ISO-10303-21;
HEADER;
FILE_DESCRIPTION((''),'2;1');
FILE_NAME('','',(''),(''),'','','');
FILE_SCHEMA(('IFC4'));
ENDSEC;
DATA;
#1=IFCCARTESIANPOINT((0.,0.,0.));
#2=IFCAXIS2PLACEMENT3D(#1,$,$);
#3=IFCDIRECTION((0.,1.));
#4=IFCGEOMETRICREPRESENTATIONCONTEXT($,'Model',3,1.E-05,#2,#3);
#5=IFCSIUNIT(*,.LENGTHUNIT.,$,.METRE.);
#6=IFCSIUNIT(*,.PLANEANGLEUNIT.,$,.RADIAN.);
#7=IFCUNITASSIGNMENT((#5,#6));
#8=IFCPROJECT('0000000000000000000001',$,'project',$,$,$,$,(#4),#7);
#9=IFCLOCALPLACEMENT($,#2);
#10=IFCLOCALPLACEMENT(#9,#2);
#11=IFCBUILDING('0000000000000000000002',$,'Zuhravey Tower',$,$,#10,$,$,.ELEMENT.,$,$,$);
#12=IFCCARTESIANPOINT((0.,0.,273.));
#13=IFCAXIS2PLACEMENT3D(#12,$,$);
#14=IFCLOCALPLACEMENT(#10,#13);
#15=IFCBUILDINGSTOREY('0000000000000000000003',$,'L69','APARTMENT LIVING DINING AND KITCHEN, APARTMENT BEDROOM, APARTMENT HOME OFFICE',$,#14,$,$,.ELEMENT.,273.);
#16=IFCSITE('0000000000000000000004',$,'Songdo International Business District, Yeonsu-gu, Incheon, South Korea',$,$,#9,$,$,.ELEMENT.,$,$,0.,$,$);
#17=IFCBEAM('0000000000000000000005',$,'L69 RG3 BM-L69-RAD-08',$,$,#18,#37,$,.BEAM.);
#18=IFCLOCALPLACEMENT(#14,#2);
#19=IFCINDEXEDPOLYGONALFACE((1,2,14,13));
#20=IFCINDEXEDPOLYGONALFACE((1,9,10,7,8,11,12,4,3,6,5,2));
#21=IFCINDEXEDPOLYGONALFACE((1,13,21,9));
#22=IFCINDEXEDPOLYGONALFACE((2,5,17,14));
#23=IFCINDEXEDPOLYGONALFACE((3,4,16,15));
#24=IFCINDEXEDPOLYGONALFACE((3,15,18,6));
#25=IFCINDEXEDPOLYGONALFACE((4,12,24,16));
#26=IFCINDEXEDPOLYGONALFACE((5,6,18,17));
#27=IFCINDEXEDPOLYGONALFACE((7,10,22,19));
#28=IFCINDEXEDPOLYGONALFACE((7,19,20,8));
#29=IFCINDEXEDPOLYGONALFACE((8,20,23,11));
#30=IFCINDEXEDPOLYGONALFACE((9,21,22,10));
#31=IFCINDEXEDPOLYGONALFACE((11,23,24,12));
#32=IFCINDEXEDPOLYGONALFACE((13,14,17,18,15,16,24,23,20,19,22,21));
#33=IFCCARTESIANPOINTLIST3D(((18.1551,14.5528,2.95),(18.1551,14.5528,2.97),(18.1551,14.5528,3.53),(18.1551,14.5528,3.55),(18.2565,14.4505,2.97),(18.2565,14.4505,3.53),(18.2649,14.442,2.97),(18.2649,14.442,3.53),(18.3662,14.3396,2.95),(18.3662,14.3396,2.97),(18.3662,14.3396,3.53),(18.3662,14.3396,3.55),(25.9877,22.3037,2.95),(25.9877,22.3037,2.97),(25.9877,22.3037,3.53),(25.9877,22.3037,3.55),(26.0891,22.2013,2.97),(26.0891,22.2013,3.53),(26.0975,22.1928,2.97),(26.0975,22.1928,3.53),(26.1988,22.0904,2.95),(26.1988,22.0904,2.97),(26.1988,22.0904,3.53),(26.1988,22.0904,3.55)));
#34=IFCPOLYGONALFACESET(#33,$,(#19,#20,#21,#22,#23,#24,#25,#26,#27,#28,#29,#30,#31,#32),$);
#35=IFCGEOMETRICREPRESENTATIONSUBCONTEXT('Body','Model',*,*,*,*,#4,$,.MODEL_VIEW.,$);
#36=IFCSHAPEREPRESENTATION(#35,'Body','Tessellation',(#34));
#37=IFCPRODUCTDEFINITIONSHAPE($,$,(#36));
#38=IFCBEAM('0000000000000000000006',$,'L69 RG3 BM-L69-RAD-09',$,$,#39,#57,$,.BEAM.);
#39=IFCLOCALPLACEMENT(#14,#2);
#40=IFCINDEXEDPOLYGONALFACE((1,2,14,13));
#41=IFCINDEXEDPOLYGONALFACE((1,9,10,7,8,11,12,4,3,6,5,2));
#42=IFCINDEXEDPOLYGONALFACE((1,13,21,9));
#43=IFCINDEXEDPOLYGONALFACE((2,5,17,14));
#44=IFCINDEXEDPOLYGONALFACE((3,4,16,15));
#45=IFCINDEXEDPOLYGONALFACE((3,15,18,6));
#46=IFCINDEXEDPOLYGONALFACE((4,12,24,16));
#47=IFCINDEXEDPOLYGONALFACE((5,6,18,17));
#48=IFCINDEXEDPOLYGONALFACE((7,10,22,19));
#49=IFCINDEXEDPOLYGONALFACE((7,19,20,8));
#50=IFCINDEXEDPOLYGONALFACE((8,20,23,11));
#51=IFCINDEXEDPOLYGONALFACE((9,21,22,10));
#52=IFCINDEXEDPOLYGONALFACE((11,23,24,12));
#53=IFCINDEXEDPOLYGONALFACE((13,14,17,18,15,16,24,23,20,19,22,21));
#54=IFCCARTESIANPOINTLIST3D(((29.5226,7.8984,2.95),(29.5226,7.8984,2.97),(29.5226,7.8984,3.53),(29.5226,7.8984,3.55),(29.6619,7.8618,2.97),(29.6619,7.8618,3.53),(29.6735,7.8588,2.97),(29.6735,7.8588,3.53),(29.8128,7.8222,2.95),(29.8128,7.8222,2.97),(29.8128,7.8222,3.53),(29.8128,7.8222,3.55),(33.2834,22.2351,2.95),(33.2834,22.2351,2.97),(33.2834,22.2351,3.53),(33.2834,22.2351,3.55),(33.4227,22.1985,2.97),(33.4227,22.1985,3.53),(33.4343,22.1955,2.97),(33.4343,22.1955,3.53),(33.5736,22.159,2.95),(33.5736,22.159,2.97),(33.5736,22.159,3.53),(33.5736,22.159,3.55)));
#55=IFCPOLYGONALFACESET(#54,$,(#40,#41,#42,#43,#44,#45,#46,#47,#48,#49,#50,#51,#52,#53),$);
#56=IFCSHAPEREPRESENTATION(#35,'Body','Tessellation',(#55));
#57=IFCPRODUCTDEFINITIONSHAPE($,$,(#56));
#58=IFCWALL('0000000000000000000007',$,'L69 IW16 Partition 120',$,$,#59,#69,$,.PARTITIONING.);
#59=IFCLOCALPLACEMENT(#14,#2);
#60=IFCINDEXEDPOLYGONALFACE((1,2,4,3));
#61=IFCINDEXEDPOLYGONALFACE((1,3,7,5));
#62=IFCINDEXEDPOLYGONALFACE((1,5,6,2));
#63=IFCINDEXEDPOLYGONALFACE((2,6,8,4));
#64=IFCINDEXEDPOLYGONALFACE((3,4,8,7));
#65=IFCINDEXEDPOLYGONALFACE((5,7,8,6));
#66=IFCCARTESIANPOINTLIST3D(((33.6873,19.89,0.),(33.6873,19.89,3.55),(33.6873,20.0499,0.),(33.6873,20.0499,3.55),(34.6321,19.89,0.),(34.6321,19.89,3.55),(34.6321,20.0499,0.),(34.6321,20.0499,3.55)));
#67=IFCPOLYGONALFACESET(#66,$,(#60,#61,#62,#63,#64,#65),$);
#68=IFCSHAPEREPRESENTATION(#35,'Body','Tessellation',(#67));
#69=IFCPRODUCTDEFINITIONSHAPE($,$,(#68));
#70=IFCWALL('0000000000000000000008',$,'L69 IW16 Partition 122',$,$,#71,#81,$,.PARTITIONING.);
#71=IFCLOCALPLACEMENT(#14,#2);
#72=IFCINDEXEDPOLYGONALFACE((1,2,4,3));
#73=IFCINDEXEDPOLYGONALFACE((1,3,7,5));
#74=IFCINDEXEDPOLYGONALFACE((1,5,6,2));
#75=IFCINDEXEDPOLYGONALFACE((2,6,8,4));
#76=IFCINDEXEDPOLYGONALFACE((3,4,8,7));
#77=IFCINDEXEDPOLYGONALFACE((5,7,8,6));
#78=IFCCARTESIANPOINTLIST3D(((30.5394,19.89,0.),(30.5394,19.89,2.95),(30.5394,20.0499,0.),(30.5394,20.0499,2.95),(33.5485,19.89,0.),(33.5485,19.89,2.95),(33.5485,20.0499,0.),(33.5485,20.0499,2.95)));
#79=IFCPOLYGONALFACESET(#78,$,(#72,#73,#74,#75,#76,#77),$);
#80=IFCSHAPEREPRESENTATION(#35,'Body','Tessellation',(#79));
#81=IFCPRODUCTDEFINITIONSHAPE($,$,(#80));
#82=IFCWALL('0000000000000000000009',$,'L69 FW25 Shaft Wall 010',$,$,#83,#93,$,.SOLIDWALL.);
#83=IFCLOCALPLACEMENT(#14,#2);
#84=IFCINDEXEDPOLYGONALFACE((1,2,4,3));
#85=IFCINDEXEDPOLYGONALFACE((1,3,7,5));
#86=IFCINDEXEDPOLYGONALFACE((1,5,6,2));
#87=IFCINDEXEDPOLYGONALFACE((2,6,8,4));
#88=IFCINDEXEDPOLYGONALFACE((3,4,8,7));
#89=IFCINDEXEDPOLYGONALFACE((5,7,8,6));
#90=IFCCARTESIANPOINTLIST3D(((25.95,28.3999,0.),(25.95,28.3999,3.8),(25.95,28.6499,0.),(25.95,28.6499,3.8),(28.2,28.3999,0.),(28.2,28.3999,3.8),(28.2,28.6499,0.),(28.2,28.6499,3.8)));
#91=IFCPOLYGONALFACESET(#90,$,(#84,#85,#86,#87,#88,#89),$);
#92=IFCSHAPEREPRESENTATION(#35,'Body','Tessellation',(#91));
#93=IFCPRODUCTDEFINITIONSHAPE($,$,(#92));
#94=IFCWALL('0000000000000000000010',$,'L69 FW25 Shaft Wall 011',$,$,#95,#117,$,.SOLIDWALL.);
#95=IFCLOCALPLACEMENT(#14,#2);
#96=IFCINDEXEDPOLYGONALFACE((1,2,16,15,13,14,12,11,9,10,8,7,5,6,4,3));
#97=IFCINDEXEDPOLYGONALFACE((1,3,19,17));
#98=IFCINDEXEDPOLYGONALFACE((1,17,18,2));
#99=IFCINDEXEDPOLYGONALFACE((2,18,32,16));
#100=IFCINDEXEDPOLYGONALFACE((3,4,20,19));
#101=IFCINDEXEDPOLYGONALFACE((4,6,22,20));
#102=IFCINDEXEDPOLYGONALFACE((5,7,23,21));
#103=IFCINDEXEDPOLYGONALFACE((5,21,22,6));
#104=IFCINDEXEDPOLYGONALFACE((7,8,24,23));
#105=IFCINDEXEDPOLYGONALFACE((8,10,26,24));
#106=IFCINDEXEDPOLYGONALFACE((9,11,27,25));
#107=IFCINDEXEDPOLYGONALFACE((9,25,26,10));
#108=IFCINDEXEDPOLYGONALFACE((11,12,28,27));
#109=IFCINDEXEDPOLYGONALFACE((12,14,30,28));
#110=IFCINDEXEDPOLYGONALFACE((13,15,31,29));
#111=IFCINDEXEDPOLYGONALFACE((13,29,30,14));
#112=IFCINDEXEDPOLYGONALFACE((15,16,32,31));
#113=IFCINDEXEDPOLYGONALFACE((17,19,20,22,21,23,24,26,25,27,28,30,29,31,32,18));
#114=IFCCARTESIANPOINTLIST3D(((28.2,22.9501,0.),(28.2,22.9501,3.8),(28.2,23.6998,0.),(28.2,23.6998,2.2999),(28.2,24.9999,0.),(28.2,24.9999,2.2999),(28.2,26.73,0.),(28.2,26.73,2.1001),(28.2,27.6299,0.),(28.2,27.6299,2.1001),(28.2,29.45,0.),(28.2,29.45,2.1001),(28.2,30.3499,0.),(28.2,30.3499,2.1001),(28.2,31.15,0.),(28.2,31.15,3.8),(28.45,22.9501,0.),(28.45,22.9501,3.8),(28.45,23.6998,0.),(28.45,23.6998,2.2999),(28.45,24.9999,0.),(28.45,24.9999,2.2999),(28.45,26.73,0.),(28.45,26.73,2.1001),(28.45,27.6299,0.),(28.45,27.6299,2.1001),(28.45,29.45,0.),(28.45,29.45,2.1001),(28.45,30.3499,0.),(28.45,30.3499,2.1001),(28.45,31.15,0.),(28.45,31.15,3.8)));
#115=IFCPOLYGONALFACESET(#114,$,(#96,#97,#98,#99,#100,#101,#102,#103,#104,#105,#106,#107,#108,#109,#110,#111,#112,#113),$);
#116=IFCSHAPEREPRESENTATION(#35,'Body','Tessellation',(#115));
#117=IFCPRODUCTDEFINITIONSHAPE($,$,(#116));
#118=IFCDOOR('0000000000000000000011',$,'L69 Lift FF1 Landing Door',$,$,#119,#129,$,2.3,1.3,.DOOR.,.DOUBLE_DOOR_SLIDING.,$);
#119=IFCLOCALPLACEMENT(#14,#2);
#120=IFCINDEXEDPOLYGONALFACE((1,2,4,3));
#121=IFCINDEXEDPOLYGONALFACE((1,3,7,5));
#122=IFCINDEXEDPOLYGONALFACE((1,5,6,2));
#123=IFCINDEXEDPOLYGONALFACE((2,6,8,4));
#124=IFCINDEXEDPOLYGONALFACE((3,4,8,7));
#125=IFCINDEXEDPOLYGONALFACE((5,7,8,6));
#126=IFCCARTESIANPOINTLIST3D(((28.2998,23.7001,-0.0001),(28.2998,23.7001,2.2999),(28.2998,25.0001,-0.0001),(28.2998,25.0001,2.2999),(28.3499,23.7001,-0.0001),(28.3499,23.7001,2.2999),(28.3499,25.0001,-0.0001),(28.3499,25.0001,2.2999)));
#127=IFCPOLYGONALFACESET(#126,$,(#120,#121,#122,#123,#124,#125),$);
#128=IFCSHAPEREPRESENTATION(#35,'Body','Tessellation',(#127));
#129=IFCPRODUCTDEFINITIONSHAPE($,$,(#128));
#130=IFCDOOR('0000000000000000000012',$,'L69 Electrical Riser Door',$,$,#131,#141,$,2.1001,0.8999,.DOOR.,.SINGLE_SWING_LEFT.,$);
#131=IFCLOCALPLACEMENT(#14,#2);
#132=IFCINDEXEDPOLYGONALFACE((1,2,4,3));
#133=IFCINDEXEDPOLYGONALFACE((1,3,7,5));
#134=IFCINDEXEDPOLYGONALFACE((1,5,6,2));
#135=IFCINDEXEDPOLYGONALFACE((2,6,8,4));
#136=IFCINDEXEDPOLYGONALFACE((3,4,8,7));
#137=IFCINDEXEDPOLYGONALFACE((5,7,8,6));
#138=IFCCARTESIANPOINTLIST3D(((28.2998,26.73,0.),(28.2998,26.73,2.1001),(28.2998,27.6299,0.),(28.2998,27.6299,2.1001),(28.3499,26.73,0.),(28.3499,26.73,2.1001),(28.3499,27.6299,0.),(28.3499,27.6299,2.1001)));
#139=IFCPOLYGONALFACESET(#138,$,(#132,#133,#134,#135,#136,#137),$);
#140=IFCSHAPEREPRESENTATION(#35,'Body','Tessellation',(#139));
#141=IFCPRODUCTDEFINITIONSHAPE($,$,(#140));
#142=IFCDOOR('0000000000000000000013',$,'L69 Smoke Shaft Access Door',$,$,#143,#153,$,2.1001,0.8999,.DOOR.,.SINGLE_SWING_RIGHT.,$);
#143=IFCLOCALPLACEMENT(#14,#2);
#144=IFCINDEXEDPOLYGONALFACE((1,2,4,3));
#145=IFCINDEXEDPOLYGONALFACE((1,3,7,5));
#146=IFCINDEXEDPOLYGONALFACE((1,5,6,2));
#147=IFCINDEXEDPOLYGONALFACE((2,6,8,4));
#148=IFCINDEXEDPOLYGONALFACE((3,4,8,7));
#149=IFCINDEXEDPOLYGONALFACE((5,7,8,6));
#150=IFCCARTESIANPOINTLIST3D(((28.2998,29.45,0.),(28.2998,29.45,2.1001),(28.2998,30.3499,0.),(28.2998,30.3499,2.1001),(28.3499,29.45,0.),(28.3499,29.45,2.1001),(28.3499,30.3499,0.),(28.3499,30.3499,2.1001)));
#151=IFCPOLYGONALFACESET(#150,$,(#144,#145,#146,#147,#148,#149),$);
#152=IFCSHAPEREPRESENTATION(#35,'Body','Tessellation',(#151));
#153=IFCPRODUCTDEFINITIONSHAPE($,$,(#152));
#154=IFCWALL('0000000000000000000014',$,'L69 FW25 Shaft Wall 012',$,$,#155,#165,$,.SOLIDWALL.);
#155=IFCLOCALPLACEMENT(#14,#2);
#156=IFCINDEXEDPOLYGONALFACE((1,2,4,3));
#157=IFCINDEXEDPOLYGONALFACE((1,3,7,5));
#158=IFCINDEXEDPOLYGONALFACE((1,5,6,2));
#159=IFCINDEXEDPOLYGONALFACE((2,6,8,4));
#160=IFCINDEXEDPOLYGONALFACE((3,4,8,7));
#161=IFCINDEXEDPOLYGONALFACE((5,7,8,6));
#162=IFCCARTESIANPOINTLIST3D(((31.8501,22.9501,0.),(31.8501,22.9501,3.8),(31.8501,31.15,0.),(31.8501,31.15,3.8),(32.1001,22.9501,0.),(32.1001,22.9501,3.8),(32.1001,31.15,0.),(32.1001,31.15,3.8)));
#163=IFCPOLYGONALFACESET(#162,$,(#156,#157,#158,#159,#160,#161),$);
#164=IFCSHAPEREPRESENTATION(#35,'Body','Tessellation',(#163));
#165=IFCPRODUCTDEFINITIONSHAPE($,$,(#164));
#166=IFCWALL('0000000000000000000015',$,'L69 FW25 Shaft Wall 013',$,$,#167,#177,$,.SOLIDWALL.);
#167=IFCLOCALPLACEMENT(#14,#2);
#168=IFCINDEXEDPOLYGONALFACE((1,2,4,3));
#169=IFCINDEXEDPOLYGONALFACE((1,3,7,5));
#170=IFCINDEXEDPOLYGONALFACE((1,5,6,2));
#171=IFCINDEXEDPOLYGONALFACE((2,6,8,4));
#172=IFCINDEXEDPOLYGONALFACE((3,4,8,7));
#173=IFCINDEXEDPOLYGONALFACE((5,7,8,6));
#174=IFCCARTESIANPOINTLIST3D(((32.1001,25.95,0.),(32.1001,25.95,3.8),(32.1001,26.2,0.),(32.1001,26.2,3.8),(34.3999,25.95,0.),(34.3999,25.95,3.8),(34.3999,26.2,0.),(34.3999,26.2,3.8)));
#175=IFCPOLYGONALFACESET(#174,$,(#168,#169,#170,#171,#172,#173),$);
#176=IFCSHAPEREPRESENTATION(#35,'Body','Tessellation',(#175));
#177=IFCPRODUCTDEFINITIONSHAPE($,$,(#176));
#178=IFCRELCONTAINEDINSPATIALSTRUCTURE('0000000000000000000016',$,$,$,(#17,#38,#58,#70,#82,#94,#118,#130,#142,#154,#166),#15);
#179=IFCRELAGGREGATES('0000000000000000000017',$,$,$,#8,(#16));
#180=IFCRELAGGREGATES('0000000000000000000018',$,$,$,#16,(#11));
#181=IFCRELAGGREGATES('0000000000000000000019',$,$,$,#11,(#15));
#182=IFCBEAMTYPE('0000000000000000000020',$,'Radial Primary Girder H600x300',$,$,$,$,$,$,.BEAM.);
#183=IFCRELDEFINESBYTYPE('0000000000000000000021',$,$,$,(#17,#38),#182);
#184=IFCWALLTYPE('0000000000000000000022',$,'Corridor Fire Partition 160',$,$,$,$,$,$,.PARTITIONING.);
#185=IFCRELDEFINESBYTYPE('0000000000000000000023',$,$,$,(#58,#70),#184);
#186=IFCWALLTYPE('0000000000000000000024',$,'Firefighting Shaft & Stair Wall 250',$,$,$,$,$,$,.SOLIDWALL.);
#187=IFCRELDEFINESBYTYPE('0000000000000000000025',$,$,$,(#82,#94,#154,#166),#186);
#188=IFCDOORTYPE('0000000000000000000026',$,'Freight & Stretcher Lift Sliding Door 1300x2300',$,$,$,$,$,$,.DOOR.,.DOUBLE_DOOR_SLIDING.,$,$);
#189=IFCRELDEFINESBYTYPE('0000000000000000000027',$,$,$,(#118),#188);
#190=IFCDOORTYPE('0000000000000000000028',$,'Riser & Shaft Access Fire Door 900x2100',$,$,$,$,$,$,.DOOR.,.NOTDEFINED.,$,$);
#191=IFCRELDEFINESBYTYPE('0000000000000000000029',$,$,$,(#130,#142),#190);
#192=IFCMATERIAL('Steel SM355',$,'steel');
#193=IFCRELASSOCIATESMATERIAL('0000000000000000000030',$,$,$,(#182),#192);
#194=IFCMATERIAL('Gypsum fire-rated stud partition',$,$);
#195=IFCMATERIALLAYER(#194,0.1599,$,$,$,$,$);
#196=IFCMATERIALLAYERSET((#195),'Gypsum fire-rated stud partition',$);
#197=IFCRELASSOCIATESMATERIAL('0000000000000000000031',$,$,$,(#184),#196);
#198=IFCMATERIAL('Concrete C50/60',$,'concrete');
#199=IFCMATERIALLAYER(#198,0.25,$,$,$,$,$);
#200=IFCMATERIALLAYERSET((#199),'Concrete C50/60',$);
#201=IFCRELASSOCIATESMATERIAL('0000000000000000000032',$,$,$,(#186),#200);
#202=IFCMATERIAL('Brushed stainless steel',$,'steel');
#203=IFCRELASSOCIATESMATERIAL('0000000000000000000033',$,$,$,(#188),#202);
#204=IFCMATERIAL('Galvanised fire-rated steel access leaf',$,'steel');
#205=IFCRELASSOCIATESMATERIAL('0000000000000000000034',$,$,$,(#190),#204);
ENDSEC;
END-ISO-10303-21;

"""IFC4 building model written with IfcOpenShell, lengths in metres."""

from ifc_helpers import new_model, si_unit, direction, frame, frame_2d, origin, origin_2d, place, context, subcontext, project, spatial, rectangle, i_section, extrude, material, layer, layer_set, material_profile, profile_set, type_object, element, fill, save


model = new_model("IFC4")

# Units and contexts
model_context = context("Model", 3, precision=1e-05, world=origin(), true_north=direction((0.0, 1.0)))
body_context = subcontext(model_context, "Body", "Model", "MODEL_VIEW")
ifc_project = project(units=[si_unit("LENGTHUNIT", "METRE"), si_unit("PLANEANGLEUNIT", "RADIAN")], contexts=[model_context])

# Site, building, storey
site_placement = place(None, origin())
site = spatial("IfcSite", under=ifc_project, at=site_placement, Name="Songdo International Business District, Yeonsu-gu, Incheon, South Korea", CompositionType="ELEMENT", RefElevation=0.0)
building_placement = place(site_placement, origin())
building = spatial("IfcBuilding", under=site, at=building_placement, Name="Zuhravey Tower", CompositionType="ELEMENT")
storey_placement = place(building_placement, frame((0.0, 0.0, 273.0)))
storey = spatial("IfcBuildingStorey", under=building, at=storey_placement, Name="L69", Description="APARTMENT LIVING DINING AND KITCHEN, APARTMENT BEDROOM, APARTMENT HOME OFFICE", CompositionType="ELEMENT", Elevation=273.0)

# Beams
ifc_material_1 = material(Name="Steel SM355", Category="steel")
ifc_material_profile = material_profile(ifc_material_1, i_section(OverallWidth=0.3, OverallDepth=0.6001, WebThickness=0.012, FlangeThickness=0.02, at=origin_2d()), Name="H-600x300x12x20")
ifc_profile_set = profile_set([ifc_material_profile], Name="Steel SM355")
beam_type = type_object("IfcBeamType", Name="Radial Primary Girder H600x300", PredefinedType="BEAM", material=ifc_profile_set)
beam_1_placement = place(storey_placement, frame((26.0933, 22.197, 3.25), z_axis=(-0.710808, -0.703386, 0.0), x_axis=(0.703386, -0.710808, 0.0)))
element("IfcBeam", 1, at=beam_1_placement, inside=storey, type_object=beam_type, Name="L69 RG3 BM-L69-RAD-08", PredefinedType="BEAM", context=body_context, shape_type="SweptSolid", body=[
    extrude(i_section(OverallWidth=0.3, OverallDepth=0.6001, WebThickness=0.012, FlangeThickness=0.02, at=origin_2d()), origin(), (0.0, 0.0, 1.0), 11.0193),
])
beam_2_placement = place(storey_placement, frame((33.4285, 22.197, 3.25), z_axis=(-0.253732, -0.967275, 0.0), x_axis=(0.967275, -0.253732, 0.0)))
element("IfcBeam", 2, at=beam_2_placement, inside=storey, type_object=beam_type, Name="L69 RG3 BM-L69-RAD-09", PredefinedType="BEAM", context=body_context, shape_type="SweptSolid", body=[
    extrude(i_section(OverallWidth=0.3, OverallDepth=0.6001, WebThickness=0.012, FlangeThickness=0.02, at=origin_2d()), origin(), (0.0, 0.0, 1.0), 14.8218),
])

# Walls
ifc_material_2 = material(Name="Gypsum fire-rated stud partition")
ifc_layer_1 = layer(ifc_material_2, 0.1599)
ifc_layer_set_1 = layer_set([ifc_layer_1], Name="Gypsum fire-rated stud partition")
wall_type_1 = type_object("IfcWallType", Name="Corridor Fire Partition 160", PredefinedType="PARTITIONING", material=ifc_layer_set_1)
wall_1_placement = place(storey_placement, frame((33.6873, 19.97, 0.0), z_axis=(0.0, 0.0, 1.0), x_axis=(1.0, 0.0, 0.0)))
element("IfcWall", 3, at=wall_1_placement, inside=storey, type_object=wall_type_1, Name="L69 IW16 Partition 120", PredefinedType="PARTITIONING", context=body_context, shape_type="SweptSolid", body=[
    extrude(rectangle(XDim=0.9448, YDim=0.1599, at=frame_2d((0.4724, 0.0))), origin(), (0.0, 0.0, 1.0), 3.55),
])
wall_2_placement = place(storey_placement, frame((30.5396, 19.97, 0.0), z_axis=(0.0, 0.0, 1.0), x_axis=(1.0, 0.0, 0.0)))
element("IfcWall", 4, at=wall_2_placement, inside=storey, type_object=wall_type_1, Name="L69 IW16 Partition 122", PredefinedType="PARTITIONING", context=body_context, shape_type="SweptSolid", body=[
    extrude(rectangle(XDim=3.009, YDim=0.1599, at=frame_2d((1.5044, 0.0))), origin(), (0.0, 0.0, 1.0), 2.95),
])
ifc_material_3 = material(Name="Concrete C50/60", Category="concrete")
ifc_layer_2 = layer(ifc_material_3, 0.25)
ifc_layer_set_2 = layer_set([ifc_layer_2], Name="Concrete C50/60")
wall_type_2 = type_object("IfcWallType", Name="Firefighting Shaft & Stair Wall 250", PredefinedType="SOLIDWALL", material=ifc_layer_set_2)
wall_3_placement = place(storey_placement, frame((25.95, 28.5249, 0.0), z_axis=(0.0, 0.0, 1.0), x_axis=(1.0, 0.0, 0.0)))
element("IfcWall", 5, at=wall_3_placement, inside=storey, type_object=wall_type_2, Name="L69 FW25 Shaft Wall 010", PredefinedType="SOLIDWALL", context=body_context, shape_type="SweptSolid", body=[
    extrude(rectangle(XDim=2.25, YDim=0.25, at=frame_2d((1.125, 0.0))), origin(), (0.0, 0.0, 1.0), 3.8),
])

# Wall, openings, doors
wall_4_placement = place(storey_placement, frame((28.325, 22.95, 0.0), z_axis=(0.0, 0.0, 1.0), x_axis=(0.0, 1.0, 0.0)))
wall_4 = element("IfcWall", 6, at=wall_4_placement, inside=storey, type_object=wall_type_2, Name="L69 FW25 Shaft Wall 011", PredefinedType="SOLIDWALL", context=body_context, shape_type="SweptSolid", body=[
    extrude(rectangle(XDim=8.2, YDim=0.25, at=frame_2d((4.1001, 0.0))), origin(), (0.0, 0.0, 1.0), 3.8),
])
opening_1_placement = place(wall_4_placement, frame((0.75, 0.0, 0.0)))
opening_1 = element("IfcOpeningElement", 7, at=opening_1_placement, cuts=wall_4, PredefinedType="OPENING", context=body_context, shape_type="SweptSolid", body=[
    extrude(rectangle(XDim=1.3, YDim=2.3, at=frame_2d((0.6499, 1.1499))), frame((0.0, 0.137, 0.0), z_axis=(0.0, -1.0, 0.0), x_axis=(1.0, 0.0, 0.0)), (0.0, 0.0, 1.0), 0.2739),
])
opening_2_placement = place(wall_4_placement, frame((3.78, 0.0, 0.0)))
opening_2 = element("IfcOpeningElement", 8, at=opening_2_placement, cuts=wall_4, PredefinedType="OPENING", context=body_context, shape_type="SweptSolid", body=[
    extrude(rectangle(XDim=0.8999, YDim=2.1001, at=frame_2d((0.45, 1.05))), frame((0.0, 0.137, 0.0), z_axis=(0.0, -1.0, 0.0), x_axis=(1.0, 0.0, 0.0)), (0.0, 0.0, 1.0), 0.2739),
])
opening_3_placement = place(wall_4_placement, frame((6.5, 0.0, 0.0)))
opening_3 = element("IfcOpeningElement", 9, at=opening_3_placement, cuts=wall_4, PredefinedType="OPENING", context=body_context, shape_type="SweptSolid", body=[
    extrude(rectangle(XDim=0.8999, YDim=2.1001, at=frame_2d((0.45, 1.05))), frame((0.0, 0.137, 0.0), z_axis=(0.0, -1.0, 0.0), x_axis=(1.0, 0.0, 0.0)), (0.0, 0.0, 1.0), 0.2739),
])
ifc_material_4 = material(Name="Brushed stainless steel", Category="steel")
door_type_1 = type_object("IfcDoorType", Name="Freight & Stretcher Lift Sliding Door 1300x2300", OperationType="DOUBLE_DOOR_SLIDING", PredefinedType="DOOR", material=ifc_material_4)
door_1_placement = place(opening_1_placement, frame((1.3, 0.0, 0.0), z_axis=(0.0, 0.0, 1.0), x_axis=(-1.0, 0.0, 0.0)))
door_1 = element("IfcDoor", 10, at=door_1_placement, inside=storey, type_object=door_type_1, Name="L69 Lift FF1 Landing Door", OperationType="DOUBLE_DOOR_SLIDING", OverallHeight=2.3, OverallWidth=1.3, PredefinedType="DOOR", context=body_context, shape_type="SweptSolid", body=[
    extrude(rectangle(XDim=1.3, YDim=2.3, at=frame_2d((0.6499, 1.1499))), frame((0.0, 0.0249, 0.0), z_axis=(0.0, -1.0, 0.0), x_axis=(1.0, 0.0, 0.0)), (0.0, 0.0, 1.0), 0.05),
])
fill(opening_1, door_1)
ifc_material_5 = material(Name="Galvanised fire-rated steel access leaf", Category="steel")
door_type_2 = type_object("IfcDoorType", Name="Riser & Shaft Access Fire Door 900x2100", OperationType="NOTDEFINED", PredefinedType="DOOR", material=ifc_material_5)
door_2_placement = place(opening_2_placement, frame((0.8999, 0.0, 0.0), z_axis=(0.0, 0.0, 1.0), x_axis=(-1.0, 0.0, 0.0)))
door_2 = element("IfcDoor", 11, at=door_2_placement, inside=storey, type_object=door_type_2, Name="L69 Electrical Riser Door", OperationType="SINGLE_SWING_LEFT", OverallHeight=2.1001, OverallWidth=0.8999, PredefinedType="DOOR", context=body_context, shape_type="SweptSolid", body=[
    extrude(rectangle(XDim=0.8999, YDim=2.1001, at=frame_2d((0.45, 1.05))), frame((0.0, 0.0249, 0.0), z_axis=(0.0, -1.0, 0.0), x_axis=(1.0, 0.0, 0.0)), (0.0, 0.0, 1.0), 0.05),
])
fill(opening_2, door_2)
door_3_placement = place(opening_3_placement, frame((0.8999, 0.0, 0.0), z_axis=(0.0, 0.0, 1.0), x_axis=(-1.0, 0.0, 0.0)))
door_3 = element("IfcDoor", 12, at=door_3_placement, inside=storey, type_object=door_type_2, Name="L69 Smoke Shaft Access Door", OperationType="SINGLE_SWING_RIGHT", OverallHeight=2.1001, OverallWidth=0.8999, PredefinedType="DOOR", context=body_context, shape_type="SweptSolid", body=[
    extrude(rectangle(XDim=0.8999, YDim=2.1001, at=frame_2d((0.45, 1.05))), frame((0.0, 0.0249, 0.0), z_axis=(0.0, -1.0, 0.0), x_axis=(1.0, 0.0, 0.0)), (0.0, 0.0, 1.0), 0.05),
])
fill(opening_3, door_3)

# Walls
wall_5_placement = place(storey_placement, frame((31.9751, 22.95, 0.0), z_axis=(0.0, 0.0, 1.0), x_axis=(0.0, 1.0, 0.0)))
element("IfcWall", 13, at=wall_5_placement, inside=storey, type_object=wall_type_2, Name="L69 FW25 Shaft Wall 012", PredefinedType="SOLIDWALL", context=body_context, shape_type="SweptSolid", body=[
    extrude(rectangle(XDim=8.2, YDim=0.25, at=frame_2d((4.1001, 0.0))), origin(), (0.0, 0.0, 1.0), 3.8),
])
wall_6_placement = place(storey_placement, frame((32.1001, 26.075, 0.0), z_axis=(0.0, 0.0, 1.0), x_axis=(1.0, 0.0, 0.0)))
element("IfcWall", 14, at=wall_6_placement, inside=storey, type_object=wall_type_2, Name="L69 FW25 Shaft Wall 013", PredefinedType="SOLIDWALL", context=body_context, shape_type="SweptSolid", body=[
    extrude(rectangle(XDim=2.2998, YDim=0.25, at=frame_2d((1.1499, 0.0))), origin(), (0.0, 0.0, 1.0), 3.8),
])

save(model, "model.ifc")
